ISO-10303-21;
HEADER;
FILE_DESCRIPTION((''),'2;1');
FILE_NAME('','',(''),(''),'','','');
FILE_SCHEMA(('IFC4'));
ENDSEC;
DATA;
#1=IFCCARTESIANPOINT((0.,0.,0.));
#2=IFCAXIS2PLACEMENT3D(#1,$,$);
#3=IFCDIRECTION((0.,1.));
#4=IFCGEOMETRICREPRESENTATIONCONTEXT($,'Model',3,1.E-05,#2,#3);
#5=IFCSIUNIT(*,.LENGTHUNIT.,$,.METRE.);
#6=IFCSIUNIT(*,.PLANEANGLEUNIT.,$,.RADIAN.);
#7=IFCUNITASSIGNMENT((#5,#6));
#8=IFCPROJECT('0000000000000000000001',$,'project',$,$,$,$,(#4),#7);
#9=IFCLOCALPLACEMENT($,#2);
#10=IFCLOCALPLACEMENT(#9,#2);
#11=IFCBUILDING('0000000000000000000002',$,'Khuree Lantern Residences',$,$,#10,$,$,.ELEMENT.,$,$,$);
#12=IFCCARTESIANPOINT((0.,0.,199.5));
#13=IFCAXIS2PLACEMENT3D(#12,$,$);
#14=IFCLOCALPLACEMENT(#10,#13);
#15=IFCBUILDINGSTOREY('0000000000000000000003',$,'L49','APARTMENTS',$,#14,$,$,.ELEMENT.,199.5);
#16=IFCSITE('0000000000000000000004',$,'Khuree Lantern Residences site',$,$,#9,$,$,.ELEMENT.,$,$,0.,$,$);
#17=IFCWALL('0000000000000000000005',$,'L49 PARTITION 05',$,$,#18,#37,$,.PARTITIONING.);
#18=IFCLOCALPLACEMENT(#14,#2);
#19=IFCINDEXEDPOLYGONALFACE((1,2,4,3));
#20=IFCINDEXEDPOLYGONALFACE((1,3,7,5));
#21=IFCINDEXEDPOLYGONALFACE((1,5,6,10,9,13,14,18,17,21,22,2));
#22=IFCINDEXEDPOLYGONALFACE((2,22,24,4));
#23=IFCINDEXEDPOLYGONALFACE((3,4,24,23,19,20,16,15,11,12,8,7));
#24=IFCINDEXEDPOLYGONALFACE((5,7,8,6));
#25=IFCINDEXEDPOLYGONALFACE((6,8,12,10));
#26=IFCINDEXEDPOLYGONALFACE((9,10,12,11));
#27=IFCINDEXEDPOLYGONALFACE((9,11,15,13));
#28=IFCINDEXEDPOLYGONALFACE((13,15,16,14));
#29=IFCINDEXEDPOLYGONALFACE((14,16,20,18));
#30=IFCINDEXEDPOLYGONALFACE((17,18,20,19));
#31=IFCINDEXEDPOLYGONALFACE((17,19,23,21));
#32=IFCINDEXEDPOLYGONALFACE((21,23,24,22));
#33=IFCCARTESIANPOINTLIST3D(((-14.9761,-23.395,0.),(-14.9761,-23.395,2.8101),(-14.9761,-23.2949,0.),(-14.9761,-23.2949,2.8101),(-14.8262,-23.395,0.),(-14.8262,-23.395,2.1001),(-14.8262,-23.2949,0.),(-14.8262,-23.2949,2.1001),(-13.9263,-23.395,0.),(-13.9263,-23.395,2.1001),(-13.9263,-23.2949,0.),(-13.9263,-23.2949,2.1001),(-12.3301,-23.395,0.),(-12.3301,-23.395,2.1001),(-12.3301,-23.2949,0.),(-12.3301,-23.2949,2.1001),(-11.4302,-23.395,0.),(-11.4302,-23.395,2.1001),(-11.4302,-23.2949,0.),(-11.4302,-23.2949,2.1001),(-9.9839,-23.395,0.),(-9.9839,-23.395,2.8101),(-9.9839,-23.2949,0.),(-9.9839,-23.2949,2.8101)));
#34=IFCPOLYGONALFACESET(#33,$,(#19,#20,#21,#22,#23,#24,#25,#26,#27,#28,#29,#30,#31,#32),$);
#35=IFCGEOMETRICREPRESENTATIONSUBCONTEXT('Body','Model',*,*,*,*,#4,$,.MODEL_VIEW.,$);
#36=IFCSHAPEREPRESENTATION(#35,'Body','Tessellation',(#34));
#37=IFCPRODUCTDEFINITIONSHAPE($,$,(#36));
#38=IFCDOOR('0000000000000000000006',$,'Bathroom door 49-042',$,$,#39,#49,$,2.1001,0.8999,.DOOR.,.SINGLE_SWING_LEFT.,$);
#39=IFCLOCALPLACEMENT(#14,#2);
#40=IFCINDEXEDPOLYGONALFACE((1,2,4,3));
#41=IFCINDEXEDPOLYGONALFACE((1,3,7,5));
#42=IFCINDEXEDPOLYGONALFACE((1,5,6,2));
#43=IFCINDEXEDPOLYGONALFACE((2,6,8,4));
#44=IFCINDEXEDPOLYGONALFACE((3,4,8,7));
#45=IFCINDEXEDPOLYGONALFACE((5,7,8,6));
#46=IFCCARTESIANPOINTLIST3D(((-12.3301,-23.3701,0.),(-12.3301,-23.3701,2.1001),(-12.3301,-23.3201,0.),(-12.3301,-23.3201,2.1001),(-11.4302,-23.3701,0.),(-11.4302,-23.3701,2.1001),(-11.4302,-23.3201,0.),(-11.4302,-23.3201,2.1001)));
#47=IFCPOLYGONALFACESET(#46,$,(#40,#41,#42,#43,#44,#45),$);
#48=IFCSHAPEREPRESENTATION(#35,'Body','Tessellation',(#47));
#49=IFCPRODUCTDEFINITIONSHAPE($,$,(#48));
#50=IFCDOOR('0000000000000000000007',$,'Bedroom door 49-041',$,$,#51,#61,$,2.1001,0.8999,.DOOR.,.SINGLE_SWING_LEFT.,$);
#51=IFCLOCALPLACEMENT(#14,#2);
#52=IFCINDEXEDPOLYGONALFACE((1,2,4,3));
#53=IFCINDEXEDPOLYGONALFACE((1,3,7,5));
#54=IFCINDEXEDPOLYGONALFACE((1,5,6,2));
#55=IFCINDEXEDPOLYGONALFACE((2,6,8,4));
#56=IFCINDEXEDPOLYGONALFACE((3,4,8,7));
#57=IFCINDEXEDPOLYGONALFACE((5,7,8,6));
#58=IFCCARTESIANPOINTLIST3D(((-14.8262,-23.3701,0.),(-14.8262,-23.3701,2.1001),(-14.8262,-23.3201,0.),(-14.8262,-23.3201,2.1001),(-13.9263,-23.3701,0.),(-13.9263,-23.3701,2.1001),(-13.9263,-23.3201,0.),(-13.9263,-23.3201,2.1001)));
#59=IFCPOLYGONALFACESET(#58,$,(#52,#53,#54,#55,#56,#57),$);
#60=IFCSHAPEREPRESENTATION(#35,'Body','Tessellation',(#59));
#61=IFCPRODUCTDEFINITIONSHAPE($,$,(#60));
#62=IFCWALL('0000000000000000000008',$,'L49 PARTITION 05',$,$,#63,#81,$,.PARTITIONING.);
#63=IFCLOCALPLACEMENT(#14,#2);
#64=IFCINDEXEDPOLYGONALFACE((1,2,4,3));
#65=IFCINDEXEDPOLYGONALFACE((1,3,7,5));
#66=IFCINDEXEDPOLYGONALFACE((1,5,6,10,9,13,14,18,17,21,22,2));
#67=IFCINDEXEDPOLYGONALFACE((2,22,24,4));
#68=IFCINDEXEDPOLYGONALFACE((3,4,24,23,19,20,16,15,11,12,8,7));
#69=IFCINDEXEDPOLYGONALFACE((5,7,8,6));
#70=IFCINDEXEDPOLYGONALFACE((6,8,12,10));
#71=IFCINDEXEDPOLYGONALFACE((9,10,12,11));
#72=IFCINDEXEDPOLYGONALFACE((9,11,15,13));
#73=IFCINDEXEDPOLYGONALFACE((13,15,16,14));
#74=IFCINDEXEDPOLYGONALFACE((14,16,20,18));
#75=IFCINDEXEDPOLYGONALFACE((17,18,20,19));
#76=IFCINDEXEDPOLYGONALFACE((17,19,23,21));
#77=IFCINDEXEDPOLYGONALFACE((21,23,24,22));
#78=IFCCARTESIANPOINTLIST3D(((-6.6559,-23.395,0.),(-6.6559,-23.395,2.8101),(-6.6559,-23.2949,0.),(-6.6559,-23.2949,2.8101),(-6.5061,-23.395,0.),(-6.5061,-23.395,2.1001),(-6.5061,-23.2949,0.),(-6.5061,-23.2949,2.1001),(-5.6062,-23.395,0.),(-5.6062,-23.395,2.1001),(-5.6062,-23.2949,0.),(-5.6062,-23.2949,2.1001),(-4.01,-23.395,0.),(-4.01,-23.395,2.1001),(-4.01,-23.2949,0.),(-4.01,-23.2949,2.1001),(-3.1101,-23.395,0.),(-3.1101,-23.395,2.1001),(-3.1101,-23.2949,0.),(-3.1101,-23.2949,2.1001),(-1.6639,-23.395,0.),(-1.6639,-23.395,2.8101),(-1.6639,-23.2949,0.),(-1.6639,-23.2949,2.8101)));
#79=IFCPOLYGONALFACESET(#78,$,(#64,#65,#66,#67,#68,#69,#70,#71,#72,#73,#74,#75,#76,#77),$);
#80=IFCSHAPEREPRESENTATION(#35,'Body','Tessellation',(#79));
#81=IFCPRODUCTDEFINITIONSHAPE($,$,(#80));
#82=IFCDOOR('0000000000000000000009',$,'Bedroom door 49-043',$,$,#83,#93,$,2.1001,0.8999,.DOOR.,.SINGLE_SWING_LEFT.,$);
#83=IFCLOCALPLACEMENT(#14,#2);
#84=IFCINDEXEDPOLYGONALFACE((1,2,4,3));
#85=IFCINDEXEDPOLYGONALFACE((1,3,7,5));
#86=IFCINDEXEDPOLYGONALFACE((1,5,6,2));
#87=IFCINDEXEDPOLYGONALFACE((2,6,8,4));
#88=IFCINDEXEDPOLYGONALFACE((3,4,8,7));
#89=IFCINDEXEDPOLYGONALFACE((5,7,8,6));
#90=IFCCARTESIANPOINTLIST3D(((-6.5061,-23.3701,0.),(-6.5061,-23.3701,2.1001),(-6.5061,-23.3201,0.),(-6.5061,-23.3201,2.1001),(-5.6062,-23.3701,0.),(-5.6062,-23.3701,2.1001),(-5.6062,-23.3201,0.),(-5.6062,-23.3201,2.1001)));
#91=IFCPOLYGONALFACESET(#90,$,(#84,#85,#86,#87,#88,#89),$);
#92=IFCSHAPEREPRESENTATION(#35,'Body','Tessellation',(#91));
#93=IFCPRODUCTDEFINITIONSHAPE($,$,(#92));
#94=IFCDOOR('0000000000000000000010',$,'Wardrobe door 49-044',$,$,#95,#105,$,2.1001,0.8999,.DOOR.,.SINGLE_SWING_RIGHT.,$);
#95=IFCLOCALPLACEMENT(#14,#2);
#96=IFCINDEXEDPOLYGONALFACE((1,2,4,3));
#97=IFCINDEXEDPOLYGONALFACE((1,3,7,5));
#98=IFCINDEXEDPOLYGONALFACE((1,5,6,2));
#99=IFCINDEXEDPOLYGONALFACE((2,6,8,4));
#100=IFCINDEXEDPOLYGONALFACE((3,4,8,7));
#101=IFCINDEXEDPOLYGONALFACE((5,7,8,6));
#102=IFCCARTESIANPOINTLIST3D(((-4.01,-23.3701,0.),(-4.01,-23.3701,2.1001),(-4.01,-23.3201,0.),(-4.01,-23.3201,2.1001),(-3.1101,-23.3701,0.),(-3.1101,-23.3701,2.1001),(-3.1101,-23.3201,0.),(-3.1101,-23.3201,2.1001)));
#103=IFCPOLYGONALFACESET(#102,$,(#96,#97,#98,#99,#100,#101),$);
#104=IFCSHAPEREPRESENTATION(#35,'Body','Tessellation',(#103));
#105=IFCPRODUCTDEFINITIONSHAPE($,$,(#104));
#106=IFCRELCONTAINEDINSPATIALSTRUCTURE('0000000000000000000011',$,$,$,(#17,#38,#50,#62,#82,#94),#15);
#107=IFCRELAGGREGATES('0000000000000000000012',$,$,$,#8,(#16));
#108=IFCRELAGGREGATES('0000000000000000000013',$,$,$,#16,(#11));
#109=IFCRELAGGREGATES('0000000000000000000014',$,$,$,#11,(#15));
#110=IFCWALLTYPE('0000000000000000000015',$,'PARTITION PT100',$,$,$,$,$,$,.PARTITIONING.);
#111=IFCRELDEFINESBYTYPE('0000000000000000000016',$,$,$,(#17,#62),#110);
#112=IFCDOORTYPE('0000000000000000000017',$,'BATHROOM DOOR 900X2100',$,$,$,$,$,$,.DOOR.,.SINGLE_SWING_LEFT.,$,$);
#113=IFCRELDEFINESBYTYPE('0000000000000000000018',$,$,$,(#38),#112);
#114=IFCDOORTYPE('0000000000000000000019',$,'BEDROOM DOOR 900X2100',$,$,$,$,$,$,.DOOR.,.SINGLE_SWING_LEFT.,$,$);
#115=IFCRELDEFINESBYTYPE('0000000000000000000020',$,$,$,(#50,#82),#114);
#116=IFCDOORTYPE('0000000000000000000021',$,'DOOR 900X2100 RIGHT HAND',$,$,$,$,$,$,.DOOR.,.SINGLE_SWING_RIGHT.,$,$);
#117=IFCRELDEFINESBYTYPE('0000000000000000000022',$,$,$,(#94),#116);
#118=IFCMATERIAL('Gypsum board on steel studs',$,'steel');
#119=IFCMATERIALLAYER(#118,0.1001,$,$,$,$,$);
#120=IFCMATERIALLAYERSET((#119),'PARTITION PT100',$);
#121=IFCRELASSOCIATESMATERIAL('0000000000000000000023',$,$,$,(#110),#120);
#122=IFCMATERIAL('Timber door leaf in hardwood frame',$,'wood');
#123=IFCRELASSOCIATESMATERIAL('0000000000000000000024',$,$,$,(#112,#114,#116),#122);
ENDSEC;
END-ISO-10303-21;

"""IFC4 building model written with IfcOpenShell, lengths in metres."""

from ifc_helpers import new_model, si_unit, direction, frame, frame_2d, origin, place, context, subcontext, project, spatial, rectangle, extrude, material, layer, layer_set, type_object, element, fill, save


model = new_model("IFC4")

# Units and contexts
model_context = context("Model", 3, precision=1e-05, world=origin(), true_north=direction((0.0, 1.0)))
body_context = subcontext(model_context, "Body", "Model", "MODEL_VIEW")
ifc_project = project(units=[si_unit("LENGTHUNIT", "METRE"), si_unit("PLANEANGLEUNIT", "RADIAN")], contexts=[model_context])

# Site, building, storey
site_placement = place(None, origin())
site = spatial("IfcSite", under=ifc_project, at=site_placement, Name="Khuree Lantern Residences site", CompositionType="ELEMENT", RefElevation=0.0)
building_placement = place(site_placement, origin())
building = spatial("IfcBuilding", under=site, at=building_placement, Name="Khuree Lantern Residences", CompositionType="ELEMENT")
storey_placement = place(building_placement, frame((0.0, 0.0, 199.5)))
storey = spatial("IfcBuildingStorey", under=building, at=storey_placement, Name="L49", Description="APARTMENTS", CompositionType="ELEMENT", Elevation=199.5)

# Shared definitions
ifc_material_1 = material(Name="Gypsum board on steel studs", Category="steel")
ifc_layer_1 = layer(ifc_material_1, 0.1001)
ifc_layer_set_1 = layer_set([ifc_layer_1], Name="PARTITION PT100")
wall_type_1 = type_object("IfcWallType", Name="PARTITION PT100", PredefinedType="PARTITIONING", material=ifc_layer_set_1)

# Walls, openings, doors
wall_1_placement = place(storey_placement, frame((-14.9761, -23.345, 0.0), z_axis=(0.0, 0.0, 1.0), x_axis=(1.0, 0.0, 0.0)))
wall_1 = element("IfcWall", 1, at=wall_1_placement, inside=storey, type_object=wall_type_1, Name="L49 PARTITION 05", PredefinedType="PARTITIONING", context=body_context, shape_type="SweptSolid", body=[
    extrude(rectangle(XDim=4.9922, YDim=0.1001, at=frame_2d((2.4961, 0.0))), origin(), (0.0, 0.0, 1.0), 2.8101),
])
opening_1_placement = place(wall_1_placement, frame((0.1499, 0.0, 0.0)))
opening_1 = element("IfcOpeningElement", 2, at=opening_1_placement, cuts=wall_1, PredefinedType="OPENING", context=body_context, shape_type="SweptSolid", body=[
    extrude(rectangle(XDim=0.8999, YDim=2.1001, at=frame_2d((0.45, 1.05))), frame((0.0, 0.0601, 0.0), z_axis=(0.0, -1.0, 0.0), x_axis=(1.0, 0.0, 0.0)), (0.0, 0.0, 1.0), 0.1201),
])
opening_2_placement = place(wall_1_placement, frame((2.646, 0.0, 0.0)))
opening_2 = element("IfcOpeningElement", 3, at=opening_2_placement, cuts=wall_1, PredefinedType="OPENING", context=body_context, shape_type="SweptSolid", body=[
    extrude(rectangle(XDim=0.8999, YDim=2.1001, at=frame_2d((0.45, 1.05))), frame((0.0, 0.0601, 0.0), z_axis=(0.0, -1.0, 0.0), x_axis=(1.0, 0.0, 0.0)), (0.0, 0.0, 1.0), 0.1201),
])
ifc_material_2 = material(Name="Timber door leaf in hardwood frame", Category="wood")
door_type_1 = type_object("IfcDoorType", Name="BATHROOM DOOR 900X2100", OperationType="SINGLE_SWING_LEFT", PredefinedType="DOOR", material=ifc_material_2)
door_1_placement = place(opening_2_placement, origin())
door_1 = element("IfcDoor", 4, at=door_1_placement, inside=storey, type_object=door_type_1, Name="Bathroom door 49-042", OperationType="SINGLE_SWING_LEFT", OverallHeight=2.1001, OverallWidth=0.8999, PredefinedType="DOOR", context=body_context, shape_type="SweptSolid", body=[
    extrude(rectangle(XDim=0.8999, YDim=2.1001, at=frame_2d((0.45, 1.05))), frame((0.0, 0.0249, 0.0), z_axis=(0.0, -1.0, 0.0), x_axis=(1.0, 0.0, 0.0)), (0.0, 0.0, 1.0), 0.05),
])
fill(opening_2, door_1)
door_type_2 = type_object("IfcDoorType", Name="BEDROOM DOOR 900X2100", OperationType="SINGLE_SWING_LEFT", PredefinedType="DOOR", material=ifc_material_2)
door_2_placement = place(opening_1_placement, origin())
door_2 = element("IfcDoor", 5, at=door_2_placement, inside=storey, type_object=door_type_2, Name="Bedroom door 49-041", OperationType="SINGLE_SWING_LEFT", OverallHeight=2.1001, OverallWidth=0.8999, PredefinedType="DOOR", context=body_context, shape_type="SweptSolid", body=[
    extrude(rectangle(XDim=0.8999, YDim=2.1001, at=frame_2d((0.45, 1.05))), frame((0.0, 0.0249, 0.0), z_axis=(0.0, -1.0, 0.0), x_axis=(1.0, 0.0, 0.0)), (0.0, 0.0, 1.0), 0.05),
])
fill(opening_1, door_2)
wall_2_placement = place(storey_placement, frame((-6.656, -23.345, 0.0), z_axis=(0.0, 0.0, 1.0), x_axis=(1.0, 0.0, 0.0)))
wall_2 = element("IfcWall", 6, at=wall_2_placement, inside=storey, type_object=wall_type_1, Name="L49 PARTITION 05", PredefinedType="PARTITIONING", context=body_context, shape_type="SweptSolid", body=[
    extrude(rectangle(XDim=4.9919, YDim=0.1001, at=frame_2d((2.4961, 0.0))), origin(), (0.0, 0.0, 1.0), 2.8101),
])
opening_3_placement = place(wall_2_placement, frame((0.1499, 0.0, 0.0)))
opening_3 = element("IfcOpeningElement", 7, at=opening_3_placement, cuts=wall_2, PredefinedType="OPENING", context=body_context, shape_type="SweptSolid", body=[
    extrude(rectangle(XDim=0.8999, YDim=2.1001, at=frame_2d((0.45, 1.05))), frame((0.0, 0.0601, 0.0), z_axis=(0.0, -1.0, 0.0), x_axis=(1.0, 0.0, 0.0)), (0.0, 0.0, 1.0), 0.1201),
])
opening_4_placement = place(wall_2_placement, frame((2.646, 0.0, 0.0)))
opening_4 = element("IfcOpeningElement", 8, at=opening_4_placement, cuts=wall_2, PredefinedType="OPENING", context=body_context, shape_type="SweptSolid", body=[
    extrude(rectangle(XDim=0.8999, YDim=2.1001, at=frame_2d((0.45, 1.05))), frame((0.0, 0.0601, 0.0), z_axis=(0.0, -1.0, 0.0), x_axis=(1.0, 0.0, 0.0)), (0.0, 0.0, 1.0), 0.1201),
])
door_3_placement = place(opening_3_placement, origin())
door_3 = element("IfcDoor", 9, at=door_3_placement, inside=storey, type_object=door_type_2, Name="Bedroom door 49-043", OperationType="SINGLE_SWING_LEFT", OverallHeight=2.1001, OverallWidth=0.8999, PredefinedType="DOOR", context=body_context, shape_type="SweptSolid", body=[
    extrude(rectangle(XDim=0.8999, YDim=2.1001, at=frame_2d((0.45, 1.05))), frame((0.0, 0.0249, 0.0), z_axis=(0.0, -1.0, 0.0), x_axis=(1.0, 0.0, 0.0)), (0.0, 0.0, 1.0), 0.05),
])
fill(opening_3, door_3)
door_type_3 = type_object("IfcDoorType", Name="DOOR 900X2100 RIGHT HAND", OperationType="SINGLE_SWING_RIGHT", PredefinedType="DOOR", material=ifc_material_2)
door_4_placement = place(opening_4_placement, origin())
door_4 = element("IfcDoor", 10, at=door_4_placement, inside=storey, type_object=door_type_3, Name="Wardrobe door 49-044", OperationType="SINGLE_SWING_RIGHT", OverallHeight=2.1001, OverallWidth=0.8999, PredefinedType="DOOR", context=body_context, shape_type="SweptSolid", body=[
    extrude(rectangle(XDim=0.8999, YDim=2.1001, at=frame_2d((0.45, 1.05))), frame((0.0, 0.0249, 0.0), z_axis=(0.0, -1.0, 0.0), x_axis=(1.0, 0.0, 0.0)), (0.0, 0.0, 1.0), 0.05),
])
fill(opening_4, door_4)

save(model, "model.ifc")
